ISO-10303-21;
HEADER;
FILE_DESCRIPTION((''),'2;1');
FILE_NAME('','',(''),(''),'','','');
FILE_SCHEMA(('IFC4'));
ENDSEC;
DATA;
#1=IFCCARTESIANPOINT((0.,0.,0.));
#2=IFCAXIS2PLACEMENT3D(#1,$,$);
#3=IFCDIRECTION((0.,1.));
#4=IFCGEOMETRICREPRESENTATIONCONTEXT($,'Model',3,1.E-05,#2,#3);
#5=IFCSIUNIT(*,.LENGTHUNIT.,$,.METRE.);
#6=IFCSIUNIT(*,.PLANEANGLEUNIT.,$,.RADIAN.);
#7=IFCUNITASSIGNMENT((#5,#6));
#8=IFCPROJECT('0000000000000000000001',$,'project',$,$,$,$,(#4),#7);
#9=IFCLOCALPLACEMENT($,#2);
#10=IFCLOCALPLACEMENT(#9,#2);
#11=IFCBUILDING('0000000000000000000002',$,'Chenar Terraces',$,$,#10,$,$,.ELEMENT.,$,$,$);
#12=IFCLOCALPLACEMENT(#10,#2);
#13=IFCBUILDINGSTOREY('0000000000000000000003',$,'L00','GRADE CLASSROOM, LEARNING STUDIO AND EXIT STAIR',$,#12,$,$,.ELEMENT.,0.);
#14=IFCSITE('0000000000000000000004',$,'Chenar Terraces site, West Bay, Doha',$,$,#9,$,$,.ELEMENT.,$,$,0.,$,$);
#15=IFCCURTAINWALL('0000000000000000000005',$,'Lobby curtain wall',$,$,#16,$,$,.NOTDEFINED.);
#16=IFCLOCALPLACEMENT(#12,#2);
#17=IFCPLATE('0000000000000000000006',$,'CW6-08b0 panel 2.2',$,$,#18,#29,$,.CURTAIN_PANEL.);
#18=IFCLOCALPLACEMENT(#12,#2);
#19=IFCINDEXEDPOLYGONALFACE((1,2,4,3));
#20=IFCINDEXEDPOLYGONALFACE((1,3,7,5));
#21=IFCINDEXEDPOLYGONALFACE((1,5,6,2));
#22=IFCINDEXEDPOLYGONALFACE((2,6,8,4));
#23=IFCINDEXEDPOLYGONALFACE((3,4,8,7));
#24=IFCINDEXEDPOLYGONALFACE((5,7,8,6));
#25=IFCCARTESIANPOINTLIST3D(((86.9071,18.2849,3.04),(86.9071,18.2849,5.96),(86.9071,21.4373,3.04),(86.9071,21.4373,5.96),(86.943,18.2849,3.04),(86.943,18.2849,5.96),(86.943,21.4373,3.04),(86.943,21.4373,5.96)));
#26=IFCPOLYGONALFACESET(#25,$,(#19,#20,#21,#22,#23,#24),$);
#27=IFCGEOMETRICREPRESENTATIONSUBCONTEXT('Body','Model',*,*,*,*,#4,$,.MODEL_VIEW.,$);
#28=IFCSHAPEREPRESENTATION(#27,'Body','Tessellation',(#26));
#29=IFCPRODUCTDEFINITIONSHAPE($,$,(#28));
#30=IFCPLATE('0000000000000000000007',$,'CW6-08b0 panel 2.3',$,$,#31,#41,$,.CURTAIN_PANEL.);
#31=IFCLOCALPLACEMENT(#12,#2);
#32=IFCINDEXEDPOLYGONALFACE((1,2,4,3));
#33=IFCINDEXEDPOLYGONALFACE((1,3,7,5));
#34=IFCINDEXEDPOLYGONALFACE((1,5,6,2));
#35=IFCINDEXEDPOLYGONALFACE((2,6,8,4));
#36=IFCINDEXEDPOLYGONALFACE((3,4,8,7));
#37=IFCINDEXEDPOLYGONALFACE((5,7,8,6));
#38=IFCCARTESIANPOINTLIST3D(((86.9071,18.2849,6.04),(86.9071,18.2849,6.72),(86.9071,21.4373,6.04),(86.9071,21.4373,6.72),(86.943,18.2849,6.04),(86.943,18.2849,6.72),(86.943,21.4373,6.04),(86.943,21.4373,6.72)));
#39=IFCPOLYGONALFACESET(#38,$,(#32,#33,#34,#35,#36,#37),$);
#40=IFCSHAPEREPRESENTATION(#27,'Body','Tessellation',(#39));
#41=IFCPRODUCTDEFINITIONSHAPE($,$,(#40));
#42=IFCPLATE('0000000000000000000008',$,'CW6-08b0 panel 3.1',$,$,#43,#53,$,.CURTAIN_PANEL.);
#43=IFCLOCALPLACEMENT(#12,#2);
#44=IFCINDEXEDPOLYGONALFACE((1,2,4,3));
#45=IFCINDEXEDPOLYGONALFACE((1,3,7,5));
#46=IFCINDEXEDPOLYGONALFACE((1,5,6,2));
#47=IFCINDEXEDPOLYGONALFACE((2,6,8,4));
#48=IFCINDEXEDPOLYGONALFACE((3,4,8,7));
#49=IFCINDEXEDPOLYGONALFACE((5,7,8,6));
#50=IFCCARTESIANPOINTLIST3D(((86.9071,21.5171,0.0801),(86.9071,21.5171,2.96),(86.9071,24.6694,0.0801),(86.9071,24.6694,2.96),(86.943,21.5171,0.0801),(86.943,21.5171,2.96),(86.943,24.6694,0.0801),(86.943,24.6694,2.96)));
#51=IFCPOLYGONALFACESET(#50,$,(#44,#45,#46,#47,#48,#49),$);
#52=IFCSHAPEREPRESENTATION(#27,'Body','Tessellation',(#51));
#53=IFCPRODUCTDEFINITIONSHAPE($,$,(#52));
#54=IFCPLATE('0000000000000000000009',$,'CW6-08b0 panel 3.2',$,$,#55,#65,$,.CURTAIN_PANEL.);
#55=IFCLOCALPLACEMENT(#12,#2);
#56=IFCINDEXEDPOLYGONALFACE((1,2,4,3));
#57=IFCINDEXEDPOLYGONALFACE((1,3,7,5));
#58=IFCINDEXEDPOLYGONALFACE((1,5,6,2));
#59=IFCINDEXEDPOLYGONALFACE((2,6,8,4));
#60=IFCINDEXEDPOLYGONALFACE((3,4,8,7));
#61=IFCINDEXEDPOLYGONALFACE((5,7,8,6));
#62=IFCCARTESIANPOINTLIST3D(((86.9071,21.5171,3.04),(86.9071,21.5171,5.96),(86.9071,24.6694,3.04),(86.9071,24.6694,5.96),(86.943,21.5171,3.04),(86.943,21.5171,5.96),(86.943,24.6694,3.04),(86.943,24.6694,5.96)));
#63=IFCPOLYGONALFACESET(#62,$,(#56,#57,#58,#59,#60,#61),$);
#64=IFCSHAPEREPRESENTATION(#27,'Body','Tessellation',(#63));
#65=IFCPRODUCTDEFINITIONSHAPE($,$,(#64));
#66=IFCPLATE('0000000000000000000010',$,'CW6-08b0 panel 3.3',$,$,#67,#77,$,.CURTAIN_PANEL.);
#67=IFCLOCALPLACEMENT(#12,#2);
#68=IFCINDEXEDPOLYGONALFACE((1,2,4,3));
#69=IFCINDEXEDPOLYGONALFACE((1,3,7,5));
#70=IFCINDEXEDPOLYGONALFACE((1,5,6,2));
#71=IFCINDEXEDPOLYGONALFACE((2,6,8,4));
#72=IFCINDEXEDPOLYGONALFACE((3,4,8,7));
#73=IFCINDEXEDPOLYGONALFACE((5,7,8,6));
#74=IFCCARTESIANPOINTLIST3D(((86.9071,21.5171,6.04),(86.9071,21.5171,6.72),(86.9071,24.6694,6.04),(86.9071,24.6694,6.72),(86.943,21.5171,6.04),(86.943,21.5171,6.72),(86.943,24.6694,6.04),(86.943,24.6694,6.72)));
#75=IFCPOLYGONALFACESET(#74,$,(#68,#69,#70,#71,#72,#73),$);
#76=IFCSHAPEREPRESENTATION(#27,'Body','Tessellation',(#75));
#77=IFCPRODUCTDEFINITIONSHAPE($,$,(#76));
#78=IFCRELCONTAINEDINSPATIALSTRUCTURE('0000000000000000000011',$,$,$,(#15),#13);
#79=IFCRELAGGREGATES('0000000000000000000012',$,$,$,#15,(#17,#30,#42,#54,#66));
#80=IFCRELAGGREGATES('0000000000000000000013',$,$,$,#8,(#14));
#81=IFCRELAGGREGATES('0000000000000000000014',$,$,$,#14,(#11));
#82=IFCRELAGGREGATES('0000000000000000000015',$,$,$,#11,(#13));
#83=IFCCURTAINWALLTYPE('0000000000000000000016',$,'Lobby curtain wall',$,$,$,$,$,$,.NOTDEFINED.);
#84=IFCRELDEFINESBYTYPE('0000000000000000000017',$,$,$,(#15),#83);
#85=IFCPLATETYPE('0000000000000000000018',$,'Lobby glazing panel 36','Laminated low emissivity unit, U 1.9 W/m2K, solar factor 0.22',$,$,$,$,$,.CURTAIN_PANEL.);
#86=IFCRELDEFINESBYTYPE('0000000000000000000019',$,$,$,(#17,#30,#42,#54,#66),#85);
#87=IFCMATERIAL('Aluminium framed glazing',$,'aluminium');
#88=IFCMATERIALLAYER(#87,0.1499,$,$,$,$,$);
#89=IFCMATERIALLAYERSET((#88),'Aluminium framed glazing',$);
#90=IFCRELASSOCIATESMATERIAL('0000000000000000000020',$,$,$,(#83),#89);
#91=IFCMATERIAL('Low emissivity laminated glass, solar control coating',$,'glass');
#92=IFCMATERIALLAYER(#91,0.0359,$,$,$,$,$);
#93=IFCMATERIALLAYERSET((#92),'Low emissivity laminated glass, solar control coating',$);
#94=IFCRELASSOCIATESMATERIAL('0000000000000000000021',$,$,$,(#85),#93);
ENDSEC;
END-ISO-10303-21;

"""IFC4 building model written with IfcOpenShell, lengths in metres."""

from ifc_helpers import new_model, si_unit, direction, frame, origin, origin_2d, place, context, subcontext, project, spatial, rectangle, extrude, material, layer, layer_set, type_object, element, aggregate, save


model = new_model("IFC4")

# Units and contexts
model_context = context("Model", 3, precision=1e-05, world=origin(), true_north=direction((0.0, 1.0)))
body_context = subcontext(model_context, "Body", "Model", "MODEL_VIEW")
ifc_project = project(units=[si_unit("LENGTHUNIT", "METRE"), si_unit("PLANEANGLEUNIT", "RADIAN")], contexts=[model_context])

# Site, building, storey
site_placement = place(None, origin())
site = spatial("IfcSite", under=ifc_project, at=site_placement, Name="Chenar Terraces site, West Bay, Doha", CompositionType="ELEMENT", RefElevation=0.0)
building_placement = place(site_placement, origin())
building = spatial("IfcBuilding", under=site, at=building_placement, Name="Chenar Terraces", CompositionType="ELEMENT")
storey_placement = place(building_placement, origin())
storey = spatial("IfcBuildingStorey", under=building, at=storey_placement, Name="L00", Description="GRADE CLASSROOM, LEARNING STUDIO AND EXIT STAIR", CompositionType="ELEMENT", Elevation=0.0)

# Curtain wall, plates
ifc_material_1 = material(Name="Aluminium framed glazing", Category="aluminium")
ifc_layer_1 = layer(ifc_material_1, 0.1499)
ifc_layer_set_1 = layer_set([ifc_layer_1], Name="Aluminium framed glazing")
curtain_wall_type = type_object("IfcCurtainWallType", Name="Lobby curtain wall", PredefinedType="NOTDEFINED", material=ifc_layer_set_1)
curtain_wall_placement = place(storey_placement, origin())
curtain_wall = element("IfcCurtainWall", 1, at=curtain_wall_placement, inside=storey, type_object=curtain_wall_type, Name="Lobby curtain wall", PredefinedType="NOTDEFINED")
ifc_material_2 = material(Name="Low emissivity laminated glass, solar control coating", Category="glass")
ifc_layer_2 = layer(ifc_material_2, 0.0359)
ifc_layer_set_2 = layer_set([ifc_layer_2], Name="Low emissivity laminated glass, solar control coating")
plate_type = type_object("IfcPlateType", Name="Lobby glazing panel 36", Description="Laminated low emissivity unit, U 1.9 W/m2K, solar factor 0.22", PredefinedType="CURTAIN_PANEL", material=ifc_layer_set_2)
plate_1_placement = place(storey_placement, frame((86.925, 19.8611, 3.04), z_axis=(0.0, 0.0, 1.0), x_axis=(0.0, 1.0, 0.0)))
plate_1 = element("IfcPlate", 2, at=plate_1_placement, type_object=plate_type, Name="CW6-08b0 panel 2.2", PredefinedType="CURTAIN_PANEL", context=body_context, shape_type="SweptSolid", body=[
    extrude(rectangle(XDim=3.1523, YDim=0.0359, at=origin_2d()), origin(), (0.0, 0.0, 1.0), 2.9199),
])
plate_2_placement = place(storey_placement, frame((86.925, 19.8611, 6.04), z_axis=(0.0, 0.0, 1.0), x_axis=(0.0, 1.0, 0.0)))
plate_2 = element("IfcPlate", 3, at=plate_2_placement, type_object=plate_type, Name="CW6-08b0 panel 2.3", PredefinedType="CURTAIN_PANEL", context=body_context, shape_type="SweptSolid", body=[
    extrude(rectangle(XDim=3.1523, YDim=0.0359, at=origin_2d()), origin(), (0.0, 0.0, 1.0), 0.6799),
])
plate_3_placement = place(storey_placement, frame((86.925, 23.0933, 0.0801), z_axis=(0.0, 0.0, 1.0), x_axis=(0.0, 1.0, 0.0)))
plate_3 = element("IfcPlate", 4, at=plate_3_placement, type_object=plate_type, Name="CW6-08b0 panel 3.1", PredefinedType="CURTAIN_PANEL", context=body_context, shape_type="SweptSolid", body=[
    extrude(rectangle(XDim=3.1523, YDim=0.0359, at=origin_2d()), origin(), (0.0, 0.0, 1.0), 2.8799),
])
plate_4_placement = place(storey_placement, frame((86.925, 23.0933, 3.04), z_axis=(0.0, 0.0, 1.0), x_axis=(0.0, 1.0, 0.0)))
plate_4 = element("IfcPlate", 5, at=plate_4_placement, type_object=plate_type, Name="CW6-08b0 panel 3.2", PredefinedType="CURTAIN_PANEL", context=body_context, shape_type="SweptSolid", body=[
    extrude(rectangle(XDim=3.1523, YDim=0.0359, at=origin_2d()), origin(), (0.0, 0.0, 1.0), 2.9199),
])
plate_5_placement = place(storey_placement, frame((86.925, 23.0933, 6.04), z_axis=(0.0, 0.0, 1.0), x_axis=(0.0, 1.0, 0.0)))
plate_5 = element("IfcPlate", 6, at=plate_5_placement, type_object=plate_type, Name="CW6-08b0 panel 3.3", PredefinedType="CURTAIN_PANEL", context=body_context, shape_type="SweptSolid", body=[
    extrude(rectangle(XDim=3.1523, YDim=0.0359, at=origin_2d()), origin(), (0.0, 0.0, 1.0), 0.6799),
])
aggregate(curtain_wall, [plate_1, plate_2, plate_3, plate_4, plate_5])

save(model, "model.ifc")
